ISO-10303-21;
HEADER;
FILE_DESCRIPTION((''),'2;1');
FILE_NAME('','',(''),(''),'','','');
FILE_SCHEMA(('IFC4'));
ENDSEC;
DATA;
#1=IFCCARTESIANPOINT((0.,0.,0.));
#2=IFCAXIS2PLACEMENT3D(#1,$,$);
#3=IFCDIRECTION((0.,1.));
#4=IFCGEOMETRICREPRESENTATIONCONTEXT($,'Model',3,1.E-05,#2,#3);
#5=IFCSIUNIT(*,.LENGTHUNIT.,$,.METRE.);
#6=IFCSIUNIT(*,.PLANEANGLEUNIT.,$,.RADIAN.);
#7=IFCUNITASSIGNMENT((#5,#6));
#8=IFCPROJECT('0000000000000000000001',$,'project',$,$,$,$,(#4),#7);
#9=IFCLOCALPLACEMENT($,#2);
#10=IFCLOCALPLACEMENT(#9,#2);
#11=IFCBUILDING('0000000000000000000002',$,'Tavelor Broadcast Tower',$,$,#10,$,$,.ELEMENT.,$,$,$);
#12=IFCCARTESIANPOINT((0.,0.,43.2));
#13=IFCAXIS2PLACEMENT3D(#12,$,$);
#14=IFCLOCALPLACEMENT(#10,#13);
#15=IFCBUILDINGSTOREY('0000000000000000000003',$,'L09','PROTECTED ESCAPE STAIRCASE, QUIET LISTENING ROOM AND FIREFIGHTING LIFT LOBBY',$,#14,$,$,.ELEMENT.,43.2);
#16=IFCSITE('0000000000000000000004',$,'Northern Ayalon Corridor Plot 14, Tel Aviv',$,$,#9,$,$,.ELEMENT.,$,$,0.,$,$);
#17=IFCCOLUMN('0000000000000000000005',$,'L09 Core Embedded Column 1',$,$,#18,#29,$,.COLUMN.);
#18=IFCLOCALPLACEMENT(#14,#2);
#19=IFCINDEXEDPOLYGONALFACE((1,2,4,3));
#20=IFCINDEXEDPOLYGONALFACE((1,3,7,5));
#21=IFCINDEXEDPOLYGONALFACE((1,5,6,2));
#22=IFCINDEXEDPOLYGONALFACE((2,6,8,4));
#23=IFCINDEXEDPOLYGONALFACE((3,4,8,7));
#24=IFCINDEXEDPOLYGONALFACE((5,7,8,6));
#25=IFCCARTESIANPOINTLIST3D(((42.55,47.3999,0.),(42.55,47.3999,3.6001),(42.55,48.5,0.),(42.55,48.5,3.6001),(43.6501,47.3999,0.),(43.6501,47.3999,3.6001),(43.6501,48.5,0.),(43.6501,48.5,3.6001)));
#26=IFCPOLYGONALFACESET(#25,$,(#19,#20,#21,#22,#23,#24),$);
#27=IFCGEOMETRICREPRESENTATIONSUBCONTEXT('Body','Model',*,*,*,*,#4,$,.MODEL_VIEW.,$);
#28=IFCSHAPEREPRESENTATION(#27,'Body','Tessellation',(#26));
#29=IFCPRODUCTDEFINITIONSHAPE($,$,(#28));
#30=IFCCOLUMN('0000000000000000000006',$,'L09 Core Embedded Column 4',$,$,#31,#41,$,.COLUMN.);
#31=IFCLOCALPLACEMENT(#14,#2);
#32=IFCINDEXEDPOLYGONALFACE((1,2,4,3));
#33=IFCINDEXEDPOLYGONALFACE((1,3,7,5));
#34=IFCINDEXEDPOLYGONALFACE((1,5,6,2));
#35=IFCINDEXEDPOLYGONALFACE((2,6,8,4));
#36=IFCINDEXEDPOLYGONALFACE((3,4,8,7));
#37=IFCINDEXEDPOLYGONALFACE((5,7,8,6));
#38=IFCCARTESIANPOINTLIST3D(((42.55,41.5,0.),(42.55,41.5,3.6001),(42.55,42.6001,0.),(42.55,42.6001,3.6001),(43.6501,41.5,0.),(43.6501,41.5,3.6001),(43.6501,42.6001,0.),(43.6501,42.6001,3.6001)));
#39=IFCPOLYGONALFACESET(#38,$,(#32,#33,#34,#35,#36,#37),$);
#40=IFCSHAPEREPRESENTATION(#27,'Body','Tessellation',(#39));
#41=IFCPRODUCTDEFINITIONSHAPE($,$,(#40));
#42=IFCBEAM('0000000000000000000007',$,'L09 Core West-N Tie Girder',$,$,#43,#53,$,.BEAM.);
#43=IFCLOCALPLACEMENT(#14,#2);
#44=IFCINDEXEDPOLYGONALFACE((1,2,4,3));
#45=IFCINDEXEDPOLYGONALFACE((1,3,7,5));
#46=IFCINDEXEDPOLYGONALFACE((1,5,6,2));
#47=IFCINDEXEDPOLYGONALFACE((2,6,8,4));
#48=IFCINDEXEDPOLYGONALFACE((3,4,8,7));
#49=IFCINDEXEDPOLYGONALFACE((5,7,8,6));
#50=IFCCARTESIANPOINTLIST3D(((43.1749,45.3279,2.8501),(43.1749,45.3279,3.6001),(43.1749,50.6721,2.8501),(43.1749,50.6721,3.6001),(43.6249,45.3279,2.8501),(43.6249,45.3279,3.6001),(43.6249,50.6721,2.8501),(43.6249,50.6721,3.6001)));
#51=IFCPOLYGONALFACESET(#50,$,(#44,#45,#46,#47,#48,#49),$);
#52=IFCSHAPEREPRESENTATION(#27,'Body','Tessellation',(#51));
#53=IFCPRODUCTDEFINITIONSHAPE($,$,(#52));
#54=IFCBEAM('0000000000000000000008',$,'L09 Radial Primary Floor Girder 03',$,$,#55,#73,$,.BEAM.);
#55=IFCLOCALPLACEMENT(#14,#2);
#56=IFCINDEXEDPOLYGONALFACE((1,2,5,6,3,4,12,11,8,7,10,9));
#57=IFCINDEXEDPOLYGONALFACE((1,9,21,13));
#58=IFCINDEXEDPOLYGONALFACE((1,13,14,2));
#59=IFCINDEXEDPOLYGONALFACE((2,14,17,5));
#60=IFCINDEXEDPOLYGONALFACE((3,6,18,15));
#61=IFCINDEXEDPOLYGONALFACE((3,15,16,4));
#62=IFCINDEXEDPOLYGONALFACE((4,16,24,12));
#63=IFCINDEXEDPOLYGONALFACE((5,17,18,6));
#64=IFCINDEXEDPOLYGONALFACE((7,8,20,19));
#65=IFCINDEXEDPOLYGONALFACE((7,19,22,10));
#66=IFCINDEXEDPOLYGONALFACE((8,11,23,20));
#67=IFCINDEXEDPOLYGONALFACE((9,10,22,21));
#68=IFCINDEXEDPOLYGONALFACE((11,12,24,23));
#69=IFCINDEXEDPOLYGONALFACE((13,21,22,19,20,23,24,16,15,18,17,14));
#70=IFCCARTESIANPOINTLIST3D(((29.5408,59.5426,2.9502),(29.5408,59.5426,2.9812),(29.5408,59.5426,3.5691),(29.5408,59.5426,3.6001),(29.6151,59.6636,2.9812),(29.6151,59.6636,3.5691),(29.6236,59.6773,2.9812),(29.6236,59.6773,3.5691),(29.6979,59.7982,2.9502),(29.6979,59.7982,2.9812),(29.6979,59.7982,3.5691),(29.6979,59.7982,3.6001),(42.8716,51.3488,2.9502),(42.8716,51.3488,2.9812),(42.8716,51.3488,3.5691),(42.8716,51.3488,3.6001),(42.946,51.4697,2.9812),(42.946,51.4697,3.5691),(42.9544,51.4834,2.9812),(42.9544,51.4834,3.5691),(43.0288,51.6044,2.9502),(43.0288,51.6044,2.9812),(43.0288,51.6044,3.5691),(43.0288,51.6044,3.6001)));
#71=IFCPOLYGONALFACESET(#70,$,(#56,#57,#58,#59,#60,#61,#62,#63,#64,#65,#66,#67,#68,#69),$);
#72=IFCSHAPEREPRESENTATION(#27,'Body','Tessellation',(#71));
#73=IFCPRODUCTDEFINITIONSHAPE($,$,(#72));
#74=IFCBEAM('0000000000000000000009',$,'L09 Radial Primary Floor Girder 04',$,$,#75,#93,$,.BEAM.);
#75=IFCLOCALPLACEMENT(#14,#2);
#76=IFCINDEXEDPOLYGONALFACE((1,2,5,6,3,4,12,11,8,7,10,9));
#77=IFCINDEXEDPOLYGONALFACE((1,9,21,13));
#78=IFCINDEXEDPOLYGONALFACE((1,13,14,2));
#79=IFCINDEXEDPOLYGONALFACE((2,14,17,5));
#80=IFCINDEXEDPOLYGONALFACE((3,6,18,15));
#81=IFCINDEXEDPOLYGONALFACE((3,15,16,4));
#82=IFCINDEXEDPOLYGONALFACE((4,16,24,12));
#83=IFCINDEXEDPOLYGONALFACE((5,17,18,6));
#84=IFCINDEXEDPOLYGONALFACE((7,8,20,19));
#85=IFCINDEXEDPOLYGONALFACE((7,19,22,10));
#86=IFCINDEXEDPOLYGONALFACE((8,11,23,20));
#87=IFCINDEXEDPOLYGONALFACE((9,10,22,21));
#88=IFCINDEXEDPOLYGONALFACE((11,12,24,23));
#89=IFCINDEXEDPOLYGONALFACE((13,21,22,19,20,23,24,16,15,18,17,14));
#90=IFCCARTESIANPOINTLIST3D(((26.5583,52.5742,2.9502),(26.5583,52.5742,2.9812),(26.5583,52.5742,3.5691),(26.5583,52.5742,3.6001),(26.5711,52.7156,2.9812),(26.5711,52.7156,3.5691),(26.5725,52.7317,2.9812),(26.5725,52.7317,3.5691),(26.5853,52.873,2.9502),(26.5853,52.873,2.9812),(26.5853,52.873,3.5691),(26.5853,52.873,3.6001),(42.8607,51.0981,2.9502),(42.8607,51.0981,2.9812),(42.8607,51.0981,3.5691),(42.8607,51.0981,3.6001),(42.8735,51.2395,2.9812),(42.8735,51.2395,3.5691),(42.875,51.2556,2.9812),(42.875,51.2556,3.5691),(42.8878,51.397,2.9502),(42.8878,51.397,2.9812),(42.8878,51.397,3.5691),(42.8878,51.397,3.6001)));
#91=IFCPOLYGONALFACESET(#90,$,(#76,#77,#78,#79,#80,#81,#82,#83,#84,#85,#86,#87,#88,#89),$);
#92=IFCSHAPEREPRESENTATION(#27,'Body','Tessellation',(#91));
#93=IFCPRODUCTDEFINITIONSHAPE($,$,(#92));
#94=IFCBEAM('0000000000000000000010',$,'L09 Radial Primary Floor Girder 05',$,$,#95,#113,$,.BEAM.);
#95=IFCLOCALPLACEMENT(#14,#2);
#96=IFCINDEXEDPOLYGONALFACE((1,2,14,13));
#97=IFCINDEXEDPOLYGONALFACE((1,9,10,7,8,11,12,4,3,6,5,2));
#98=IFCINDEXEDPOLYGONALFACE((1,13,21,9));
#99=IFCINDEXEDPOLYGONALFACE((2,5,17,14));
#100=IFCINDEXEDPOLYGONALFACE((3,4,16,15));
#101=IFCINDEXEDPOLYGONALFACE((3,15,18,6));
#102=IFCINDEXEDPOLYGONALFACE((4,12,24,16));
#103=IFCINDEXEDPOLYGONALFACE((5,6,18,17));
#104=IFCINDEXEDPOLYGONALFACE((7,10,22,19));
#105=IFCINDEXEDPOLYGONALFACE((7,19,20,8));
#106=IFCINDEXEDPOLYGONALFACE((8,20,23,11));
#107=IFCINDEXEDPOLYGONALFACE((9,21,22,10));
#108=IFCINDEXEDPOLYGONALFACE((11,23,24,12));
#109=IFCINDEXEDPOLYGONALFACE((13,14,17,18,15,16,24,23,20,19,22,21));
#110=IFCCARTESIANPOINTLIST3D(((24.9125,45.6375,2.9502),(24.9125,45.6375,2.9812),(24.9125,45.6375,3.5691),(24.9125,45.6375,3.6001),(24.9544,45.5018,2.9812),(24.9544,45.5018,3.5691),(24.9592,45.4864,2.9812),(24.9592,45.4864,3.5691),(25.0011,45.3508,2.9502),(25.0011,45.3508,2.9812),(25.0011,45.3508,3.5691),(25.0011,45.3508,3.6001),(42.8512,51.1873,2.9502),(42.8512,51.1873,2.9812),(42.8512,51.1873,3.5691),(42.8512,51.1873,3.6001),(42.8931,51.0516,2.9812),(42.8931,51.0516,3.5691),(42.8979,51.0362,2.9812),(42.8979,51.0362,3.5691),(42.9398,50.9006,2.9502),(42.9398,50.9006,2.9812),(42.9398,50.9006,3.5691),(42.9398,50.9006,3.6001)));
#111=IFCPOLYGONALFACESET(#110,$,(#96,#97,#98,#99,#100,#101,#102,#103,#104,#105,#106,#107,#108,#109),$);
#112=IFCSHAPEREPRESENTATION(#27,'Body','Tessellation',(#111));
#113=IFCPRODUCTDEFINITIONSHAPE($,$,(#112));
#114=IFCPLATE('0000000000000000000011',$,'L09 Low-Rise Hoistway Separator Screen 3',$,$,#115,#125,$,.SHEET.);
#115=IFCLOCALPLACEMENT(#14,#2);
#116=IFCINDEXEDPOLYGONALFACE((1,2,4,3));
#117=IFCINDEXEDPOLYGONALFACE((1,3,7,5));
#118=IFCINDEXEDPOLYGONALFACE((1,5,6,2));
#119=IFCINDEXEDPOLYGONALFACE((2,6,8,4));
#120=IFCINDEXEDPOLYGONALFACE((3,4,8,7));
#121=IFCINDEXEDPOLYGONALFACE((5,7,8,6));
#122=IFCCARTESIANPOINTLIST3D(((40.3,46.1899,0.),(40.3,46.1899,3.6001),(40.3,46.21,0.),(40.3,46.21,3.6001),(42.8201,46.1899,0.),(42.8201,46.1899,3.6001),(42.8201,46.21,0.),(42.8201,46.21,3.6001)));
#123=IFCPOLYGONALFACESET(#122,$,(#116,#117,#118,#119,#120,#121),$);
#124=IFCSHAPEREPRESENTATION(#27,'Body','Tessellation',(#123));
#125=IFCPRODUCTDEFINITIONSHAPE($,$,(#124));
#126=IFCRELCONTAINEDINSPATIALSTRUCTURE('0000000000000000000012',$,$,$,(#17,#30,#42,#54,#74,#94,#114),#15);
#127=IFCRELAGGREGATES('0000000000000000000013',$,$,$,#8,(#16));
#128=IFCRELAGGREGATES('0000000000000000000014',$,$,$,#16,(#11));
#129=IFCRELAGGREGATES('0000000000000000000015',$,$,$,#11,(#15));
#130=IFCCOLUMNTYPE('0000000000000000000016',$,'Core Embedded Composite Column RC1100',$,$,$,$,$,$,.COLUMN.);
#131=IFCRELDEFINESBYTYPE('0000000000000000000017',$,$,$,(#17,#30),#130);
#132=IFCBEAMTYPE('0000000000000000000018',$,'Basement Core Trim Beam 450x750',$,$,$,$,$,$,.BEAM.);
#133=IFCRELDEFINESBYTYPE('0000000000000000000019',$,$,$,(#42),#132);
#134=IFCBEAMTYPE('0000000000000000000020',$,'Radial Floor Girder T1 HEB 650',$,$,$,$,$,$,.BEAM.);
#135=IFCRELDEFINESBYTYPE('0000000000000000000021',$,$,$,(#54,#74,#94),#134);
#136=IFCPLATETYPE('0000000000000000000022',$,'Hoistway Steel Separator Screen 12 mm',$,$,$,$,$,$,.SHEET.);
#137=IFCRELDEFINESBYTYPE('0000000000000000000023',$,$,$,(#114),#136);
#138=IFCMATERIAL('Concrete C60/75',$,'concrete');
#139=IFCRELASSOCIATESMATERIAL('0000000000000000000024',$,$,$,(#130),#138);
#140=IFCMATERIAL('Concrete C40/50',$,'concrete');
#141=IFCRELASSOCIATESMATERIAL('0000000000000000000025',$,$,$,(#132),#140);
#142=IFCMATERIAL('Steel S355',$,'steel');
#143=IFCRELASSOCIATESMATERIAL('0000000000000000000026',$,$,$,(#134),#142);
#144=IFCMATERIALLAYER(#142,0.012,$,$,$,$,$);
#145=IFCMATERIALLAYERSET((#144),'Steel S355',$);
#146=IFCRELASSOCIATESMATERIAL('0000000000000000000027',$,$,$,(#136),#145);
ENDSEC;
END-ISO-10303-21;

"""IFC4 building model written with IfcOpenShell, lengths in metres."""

from ifc_helpers import new_model, si_unit, direction, frame, origin, origin_2d, place, context, subcontext, project, spatial, rectangle, i_section, extrude, source, transform, mapped, material, layer, layer_set, material_profile, profile_set, type_object, type_shapes, element, save


model = new_model("IFC4")

# Units and contexts
model_context = context("Model", 3, precision=1e-05, world=origin(), true_north=direction((0.0, 1.0)))
body_context = subcontext(model_context, "Body", "Model", "MODEL_VIEW")
ifc_project = project(units=[si_unit("LENGTHUNIT", "METRE"), si_unit("PLANEANGLEUNIT", "RADIAN")], contexts=[model_context])

# Site, building, storey
site_placement = place(None, origin())
site = spatial("IfcSite", under=ifc_project, at=site_placement, Name="Northern Ayalon Corridor Plot 14, Tel Aviv", CompositionType="ELEMENT", RefElevation=0.0)
building_placement = place(site_placement, origin())
building = spatial("IfcBuilding", under=site, at=building_placement, Name="Tavelor Broadcast Tower", CompositionType="ELEMENT")
storey_placement = place(building_placement, frame((0.0, 0.0, 43.2)))
storey = spatial("IfcBuildingStorey", under=building, at=storey_placement, Name="L09", Description="PROTECTED ESCAPE STAIRCASE, QUIET LISTENING ROOM AND FIREFIGHTING LIFT LOBBY", CompositionType="ELEMENT", Elevation=43.2)

# Columns
ifc_material_1 = material(Name="Concrete C60/75", Category="concrete")
ifc_material_profile_1 = material_profile(ifc_material_1, rectangle(XDim=1.1001, YDim=1.1001, at=origin_2d()), Name="RC 1100x1100")
ifc_profile_set_1 = profile_set([ifc_material_profile_1], Name="Concrete C60/75")
column_type = type_object("IfcColumnType", Name="Core Embedded Composite Column RC1100", PredefinedType="COLUMN", material=ifc_profile_set_1)
for number, where, z_axis, x_axis, name in (
    (1, (43.1001, 47.95, 0.0), (0.0, 0.0, 1.0), (1.0, 0.0, 0.0), "L09 Core Embedded Column 1"),
    (2, (43.1001, 42.05, 0.0), (0.0, 0.0, 1.0), (1.0, 0.0, 0.0), "L09 Core Embedded Column 4"),
):
    element("IfcColumn", number, at=place(storey_placement, frame(where, z_axis=z_axis, x_axis=x_axis)), inside=storey, type_object=column_type, Name=name, PredefinedType="COLUMN", context=body_context, shape_type="SweptSolid", body=[
        extrude(rectangle(XDim=1.1001, YDim=1.1001, at=origin_2d()), origin(), (0.0, 0.0, 1.0), 3.6001),
    ])

# Beams
ifc_material_2 = material(Name="Concrete C40/50", Category="concrete")
ifc_material_profile_2 = material_profile(ifc_material_2, rectangle(XDim=0.45, YDim=0.75, at=origin_2d()), Name="RC 450x750")
ifc_profile_set_2 = profile_set([ifc_material_profile_2], Name="Concrete C40/50")
beam_type_1 = type_object("IfcBeamType", Name="Basement Core Trim Beam 450x750", PredefinedType="BEAM", material=ifc_profile_set_2)
beam_1_placement = place(storey_placement, frame((43.3999, 45.3279, 3.2251), z_axis=(0.0, 1.0, 0.0), x_axis=(-1.0, 0.0, 0.0)))
element("IfcBeam", 3, at=beam_1_placement, inside=storey, type_object=beam_type_1, Name="L09 Core West-N Tie Girder", PredefinedType="BEAM", context=body_context, shape_type="SweptSolid", body=[
    extrude(rectangle(XDim=0.45, YDim=0.75, at=origin_2d()), origin(), (0.0, 0.0, 1.0), 5.3442),
])
ifc_material_3 = material(Name="Steel S355", Category="steel")
ifc_material_profile_3 = material_profile(ifc_material_3, i_section(OverallWidth=0.3, OverallDepth=0.6499, WebThickness=0.0161, FlangeThickness=0.031, at=origin_2d()), Name="HEB 650")
ifc_profile_set_3 = profile_set([ifc_material_profile_3], Name="Steel S355")
beam_type_2 = type_object("IfcBeamType", Name="Radial Floor Girder T1 HEB 650", PredefinedType="BEAM", material=ifc_profile_set_3)
beam_2_placement = place(storey_placement, frame((42.9502, 51.4766, 3.2751), z_axis=(-0.851936, 0.523646, 0.0), x_axis=(-0.523646, -0.851936, 0.0)))
element("IfcBeam", 4, at=beam_2_placement, inside=storey, type_object=beam_type_2, Name="L09 Radial Primary Floor Girder 03", PredefinedType="BEAM", context=body_context, shape_type="SweptSolid", body=[
    extrude(i_section(OverallWidth=0.3, OverallDepth=0.6499, WebThickness=0.0161, FlangeThickness=0.031, at=origin_2d()), origin(), (0.0, 0.0, 1.0), 15.6477),
])
beam_3_placement = place(storey_placement, frame((42.8743, 51.2476, 3.2751), z_axis=(-0.995926, 0.090174, 0.0), x_axis=(-0.090174, -0.995926, 0.0)))
element("IfcBeam", 5, at=beam_3_placement, inside=storey, type_object=beam_type_2, Name="L09 Radial Primary Floor Girder 04", PredefinedType="BEAM", context=body_context, shape_type="SweptSolid", body=[
    extrude(i_section(OverallWidth=0.3, OverallDepth=0.6499, WebThickness=0.0161, FlangeThickness=0.031, at=origin_2d()), origin(), (0.0, 0.0, 1.0), 16.3691),
])
beam_4_placement = place(storey_placement, frame((42.8955, 51.0439, 3.2751), z_axis=(-0.955326, -0.295555, 0.0), x_axis=(0.295555, -0.955326, 0.0)))
element("IfcBeam", 6, at=beam_4_placement, inside=storey, type_object=beam_type_2, Name="L09 Radial Primary Floor Girder 05", PredefinedType="BEAM", context=body_context, shape_type="SweptSolid", body=[
    extrude(i_section(OverallWidth=0.3, OverallDepth=0.6499, WebThickness=0.0161, FlangeThickness=0.031, at=origin_2d()), origin(), (0.0, 0.0, 1.0), 18.7776),
])

# Plate
ifc_layer_1 = layer(ifc_material_3, 0.012)
ifc_layer_set_1 = layer_set([ifc_layer_1], Name="Steel S355")
plate_type = type_object("IfcPlateType", Name="Hoistway Steel Separator Screen 12 mm", PredefinedType="SHEET", material=ifc_layer_set_1)
shared_shape = source(origin(), body_context, "Body", "SweptSolid", [
    extrude(rectangle(XDim=2.52, YDim=0.02, at=origin_2d()), origin(), (0.0, 0.0, 1.0), 3.6001),
])
type_shapes(plate_type, [shared_shape])
plate_placement = place(storey_placement, frame((41.5601, 46.2, 0.0), z_axis=(0.0, 0.0, 1.0), x_axis=(1.0, 0.0, 0.0)))
element("IfcPlate", 7, at=plate_placement, inside=storey, type_object=plate_type, Name="L09 Low-Rise Hoistway Separator Screen 3", PredefinedType="SHEET", context=body_context, shape_type="MappedRepresentation", body=[
    mapped(shared_shape, transform((0.0, 0.0, 0.0), scale=1.0)),
])

save(model, "model.ifc")
